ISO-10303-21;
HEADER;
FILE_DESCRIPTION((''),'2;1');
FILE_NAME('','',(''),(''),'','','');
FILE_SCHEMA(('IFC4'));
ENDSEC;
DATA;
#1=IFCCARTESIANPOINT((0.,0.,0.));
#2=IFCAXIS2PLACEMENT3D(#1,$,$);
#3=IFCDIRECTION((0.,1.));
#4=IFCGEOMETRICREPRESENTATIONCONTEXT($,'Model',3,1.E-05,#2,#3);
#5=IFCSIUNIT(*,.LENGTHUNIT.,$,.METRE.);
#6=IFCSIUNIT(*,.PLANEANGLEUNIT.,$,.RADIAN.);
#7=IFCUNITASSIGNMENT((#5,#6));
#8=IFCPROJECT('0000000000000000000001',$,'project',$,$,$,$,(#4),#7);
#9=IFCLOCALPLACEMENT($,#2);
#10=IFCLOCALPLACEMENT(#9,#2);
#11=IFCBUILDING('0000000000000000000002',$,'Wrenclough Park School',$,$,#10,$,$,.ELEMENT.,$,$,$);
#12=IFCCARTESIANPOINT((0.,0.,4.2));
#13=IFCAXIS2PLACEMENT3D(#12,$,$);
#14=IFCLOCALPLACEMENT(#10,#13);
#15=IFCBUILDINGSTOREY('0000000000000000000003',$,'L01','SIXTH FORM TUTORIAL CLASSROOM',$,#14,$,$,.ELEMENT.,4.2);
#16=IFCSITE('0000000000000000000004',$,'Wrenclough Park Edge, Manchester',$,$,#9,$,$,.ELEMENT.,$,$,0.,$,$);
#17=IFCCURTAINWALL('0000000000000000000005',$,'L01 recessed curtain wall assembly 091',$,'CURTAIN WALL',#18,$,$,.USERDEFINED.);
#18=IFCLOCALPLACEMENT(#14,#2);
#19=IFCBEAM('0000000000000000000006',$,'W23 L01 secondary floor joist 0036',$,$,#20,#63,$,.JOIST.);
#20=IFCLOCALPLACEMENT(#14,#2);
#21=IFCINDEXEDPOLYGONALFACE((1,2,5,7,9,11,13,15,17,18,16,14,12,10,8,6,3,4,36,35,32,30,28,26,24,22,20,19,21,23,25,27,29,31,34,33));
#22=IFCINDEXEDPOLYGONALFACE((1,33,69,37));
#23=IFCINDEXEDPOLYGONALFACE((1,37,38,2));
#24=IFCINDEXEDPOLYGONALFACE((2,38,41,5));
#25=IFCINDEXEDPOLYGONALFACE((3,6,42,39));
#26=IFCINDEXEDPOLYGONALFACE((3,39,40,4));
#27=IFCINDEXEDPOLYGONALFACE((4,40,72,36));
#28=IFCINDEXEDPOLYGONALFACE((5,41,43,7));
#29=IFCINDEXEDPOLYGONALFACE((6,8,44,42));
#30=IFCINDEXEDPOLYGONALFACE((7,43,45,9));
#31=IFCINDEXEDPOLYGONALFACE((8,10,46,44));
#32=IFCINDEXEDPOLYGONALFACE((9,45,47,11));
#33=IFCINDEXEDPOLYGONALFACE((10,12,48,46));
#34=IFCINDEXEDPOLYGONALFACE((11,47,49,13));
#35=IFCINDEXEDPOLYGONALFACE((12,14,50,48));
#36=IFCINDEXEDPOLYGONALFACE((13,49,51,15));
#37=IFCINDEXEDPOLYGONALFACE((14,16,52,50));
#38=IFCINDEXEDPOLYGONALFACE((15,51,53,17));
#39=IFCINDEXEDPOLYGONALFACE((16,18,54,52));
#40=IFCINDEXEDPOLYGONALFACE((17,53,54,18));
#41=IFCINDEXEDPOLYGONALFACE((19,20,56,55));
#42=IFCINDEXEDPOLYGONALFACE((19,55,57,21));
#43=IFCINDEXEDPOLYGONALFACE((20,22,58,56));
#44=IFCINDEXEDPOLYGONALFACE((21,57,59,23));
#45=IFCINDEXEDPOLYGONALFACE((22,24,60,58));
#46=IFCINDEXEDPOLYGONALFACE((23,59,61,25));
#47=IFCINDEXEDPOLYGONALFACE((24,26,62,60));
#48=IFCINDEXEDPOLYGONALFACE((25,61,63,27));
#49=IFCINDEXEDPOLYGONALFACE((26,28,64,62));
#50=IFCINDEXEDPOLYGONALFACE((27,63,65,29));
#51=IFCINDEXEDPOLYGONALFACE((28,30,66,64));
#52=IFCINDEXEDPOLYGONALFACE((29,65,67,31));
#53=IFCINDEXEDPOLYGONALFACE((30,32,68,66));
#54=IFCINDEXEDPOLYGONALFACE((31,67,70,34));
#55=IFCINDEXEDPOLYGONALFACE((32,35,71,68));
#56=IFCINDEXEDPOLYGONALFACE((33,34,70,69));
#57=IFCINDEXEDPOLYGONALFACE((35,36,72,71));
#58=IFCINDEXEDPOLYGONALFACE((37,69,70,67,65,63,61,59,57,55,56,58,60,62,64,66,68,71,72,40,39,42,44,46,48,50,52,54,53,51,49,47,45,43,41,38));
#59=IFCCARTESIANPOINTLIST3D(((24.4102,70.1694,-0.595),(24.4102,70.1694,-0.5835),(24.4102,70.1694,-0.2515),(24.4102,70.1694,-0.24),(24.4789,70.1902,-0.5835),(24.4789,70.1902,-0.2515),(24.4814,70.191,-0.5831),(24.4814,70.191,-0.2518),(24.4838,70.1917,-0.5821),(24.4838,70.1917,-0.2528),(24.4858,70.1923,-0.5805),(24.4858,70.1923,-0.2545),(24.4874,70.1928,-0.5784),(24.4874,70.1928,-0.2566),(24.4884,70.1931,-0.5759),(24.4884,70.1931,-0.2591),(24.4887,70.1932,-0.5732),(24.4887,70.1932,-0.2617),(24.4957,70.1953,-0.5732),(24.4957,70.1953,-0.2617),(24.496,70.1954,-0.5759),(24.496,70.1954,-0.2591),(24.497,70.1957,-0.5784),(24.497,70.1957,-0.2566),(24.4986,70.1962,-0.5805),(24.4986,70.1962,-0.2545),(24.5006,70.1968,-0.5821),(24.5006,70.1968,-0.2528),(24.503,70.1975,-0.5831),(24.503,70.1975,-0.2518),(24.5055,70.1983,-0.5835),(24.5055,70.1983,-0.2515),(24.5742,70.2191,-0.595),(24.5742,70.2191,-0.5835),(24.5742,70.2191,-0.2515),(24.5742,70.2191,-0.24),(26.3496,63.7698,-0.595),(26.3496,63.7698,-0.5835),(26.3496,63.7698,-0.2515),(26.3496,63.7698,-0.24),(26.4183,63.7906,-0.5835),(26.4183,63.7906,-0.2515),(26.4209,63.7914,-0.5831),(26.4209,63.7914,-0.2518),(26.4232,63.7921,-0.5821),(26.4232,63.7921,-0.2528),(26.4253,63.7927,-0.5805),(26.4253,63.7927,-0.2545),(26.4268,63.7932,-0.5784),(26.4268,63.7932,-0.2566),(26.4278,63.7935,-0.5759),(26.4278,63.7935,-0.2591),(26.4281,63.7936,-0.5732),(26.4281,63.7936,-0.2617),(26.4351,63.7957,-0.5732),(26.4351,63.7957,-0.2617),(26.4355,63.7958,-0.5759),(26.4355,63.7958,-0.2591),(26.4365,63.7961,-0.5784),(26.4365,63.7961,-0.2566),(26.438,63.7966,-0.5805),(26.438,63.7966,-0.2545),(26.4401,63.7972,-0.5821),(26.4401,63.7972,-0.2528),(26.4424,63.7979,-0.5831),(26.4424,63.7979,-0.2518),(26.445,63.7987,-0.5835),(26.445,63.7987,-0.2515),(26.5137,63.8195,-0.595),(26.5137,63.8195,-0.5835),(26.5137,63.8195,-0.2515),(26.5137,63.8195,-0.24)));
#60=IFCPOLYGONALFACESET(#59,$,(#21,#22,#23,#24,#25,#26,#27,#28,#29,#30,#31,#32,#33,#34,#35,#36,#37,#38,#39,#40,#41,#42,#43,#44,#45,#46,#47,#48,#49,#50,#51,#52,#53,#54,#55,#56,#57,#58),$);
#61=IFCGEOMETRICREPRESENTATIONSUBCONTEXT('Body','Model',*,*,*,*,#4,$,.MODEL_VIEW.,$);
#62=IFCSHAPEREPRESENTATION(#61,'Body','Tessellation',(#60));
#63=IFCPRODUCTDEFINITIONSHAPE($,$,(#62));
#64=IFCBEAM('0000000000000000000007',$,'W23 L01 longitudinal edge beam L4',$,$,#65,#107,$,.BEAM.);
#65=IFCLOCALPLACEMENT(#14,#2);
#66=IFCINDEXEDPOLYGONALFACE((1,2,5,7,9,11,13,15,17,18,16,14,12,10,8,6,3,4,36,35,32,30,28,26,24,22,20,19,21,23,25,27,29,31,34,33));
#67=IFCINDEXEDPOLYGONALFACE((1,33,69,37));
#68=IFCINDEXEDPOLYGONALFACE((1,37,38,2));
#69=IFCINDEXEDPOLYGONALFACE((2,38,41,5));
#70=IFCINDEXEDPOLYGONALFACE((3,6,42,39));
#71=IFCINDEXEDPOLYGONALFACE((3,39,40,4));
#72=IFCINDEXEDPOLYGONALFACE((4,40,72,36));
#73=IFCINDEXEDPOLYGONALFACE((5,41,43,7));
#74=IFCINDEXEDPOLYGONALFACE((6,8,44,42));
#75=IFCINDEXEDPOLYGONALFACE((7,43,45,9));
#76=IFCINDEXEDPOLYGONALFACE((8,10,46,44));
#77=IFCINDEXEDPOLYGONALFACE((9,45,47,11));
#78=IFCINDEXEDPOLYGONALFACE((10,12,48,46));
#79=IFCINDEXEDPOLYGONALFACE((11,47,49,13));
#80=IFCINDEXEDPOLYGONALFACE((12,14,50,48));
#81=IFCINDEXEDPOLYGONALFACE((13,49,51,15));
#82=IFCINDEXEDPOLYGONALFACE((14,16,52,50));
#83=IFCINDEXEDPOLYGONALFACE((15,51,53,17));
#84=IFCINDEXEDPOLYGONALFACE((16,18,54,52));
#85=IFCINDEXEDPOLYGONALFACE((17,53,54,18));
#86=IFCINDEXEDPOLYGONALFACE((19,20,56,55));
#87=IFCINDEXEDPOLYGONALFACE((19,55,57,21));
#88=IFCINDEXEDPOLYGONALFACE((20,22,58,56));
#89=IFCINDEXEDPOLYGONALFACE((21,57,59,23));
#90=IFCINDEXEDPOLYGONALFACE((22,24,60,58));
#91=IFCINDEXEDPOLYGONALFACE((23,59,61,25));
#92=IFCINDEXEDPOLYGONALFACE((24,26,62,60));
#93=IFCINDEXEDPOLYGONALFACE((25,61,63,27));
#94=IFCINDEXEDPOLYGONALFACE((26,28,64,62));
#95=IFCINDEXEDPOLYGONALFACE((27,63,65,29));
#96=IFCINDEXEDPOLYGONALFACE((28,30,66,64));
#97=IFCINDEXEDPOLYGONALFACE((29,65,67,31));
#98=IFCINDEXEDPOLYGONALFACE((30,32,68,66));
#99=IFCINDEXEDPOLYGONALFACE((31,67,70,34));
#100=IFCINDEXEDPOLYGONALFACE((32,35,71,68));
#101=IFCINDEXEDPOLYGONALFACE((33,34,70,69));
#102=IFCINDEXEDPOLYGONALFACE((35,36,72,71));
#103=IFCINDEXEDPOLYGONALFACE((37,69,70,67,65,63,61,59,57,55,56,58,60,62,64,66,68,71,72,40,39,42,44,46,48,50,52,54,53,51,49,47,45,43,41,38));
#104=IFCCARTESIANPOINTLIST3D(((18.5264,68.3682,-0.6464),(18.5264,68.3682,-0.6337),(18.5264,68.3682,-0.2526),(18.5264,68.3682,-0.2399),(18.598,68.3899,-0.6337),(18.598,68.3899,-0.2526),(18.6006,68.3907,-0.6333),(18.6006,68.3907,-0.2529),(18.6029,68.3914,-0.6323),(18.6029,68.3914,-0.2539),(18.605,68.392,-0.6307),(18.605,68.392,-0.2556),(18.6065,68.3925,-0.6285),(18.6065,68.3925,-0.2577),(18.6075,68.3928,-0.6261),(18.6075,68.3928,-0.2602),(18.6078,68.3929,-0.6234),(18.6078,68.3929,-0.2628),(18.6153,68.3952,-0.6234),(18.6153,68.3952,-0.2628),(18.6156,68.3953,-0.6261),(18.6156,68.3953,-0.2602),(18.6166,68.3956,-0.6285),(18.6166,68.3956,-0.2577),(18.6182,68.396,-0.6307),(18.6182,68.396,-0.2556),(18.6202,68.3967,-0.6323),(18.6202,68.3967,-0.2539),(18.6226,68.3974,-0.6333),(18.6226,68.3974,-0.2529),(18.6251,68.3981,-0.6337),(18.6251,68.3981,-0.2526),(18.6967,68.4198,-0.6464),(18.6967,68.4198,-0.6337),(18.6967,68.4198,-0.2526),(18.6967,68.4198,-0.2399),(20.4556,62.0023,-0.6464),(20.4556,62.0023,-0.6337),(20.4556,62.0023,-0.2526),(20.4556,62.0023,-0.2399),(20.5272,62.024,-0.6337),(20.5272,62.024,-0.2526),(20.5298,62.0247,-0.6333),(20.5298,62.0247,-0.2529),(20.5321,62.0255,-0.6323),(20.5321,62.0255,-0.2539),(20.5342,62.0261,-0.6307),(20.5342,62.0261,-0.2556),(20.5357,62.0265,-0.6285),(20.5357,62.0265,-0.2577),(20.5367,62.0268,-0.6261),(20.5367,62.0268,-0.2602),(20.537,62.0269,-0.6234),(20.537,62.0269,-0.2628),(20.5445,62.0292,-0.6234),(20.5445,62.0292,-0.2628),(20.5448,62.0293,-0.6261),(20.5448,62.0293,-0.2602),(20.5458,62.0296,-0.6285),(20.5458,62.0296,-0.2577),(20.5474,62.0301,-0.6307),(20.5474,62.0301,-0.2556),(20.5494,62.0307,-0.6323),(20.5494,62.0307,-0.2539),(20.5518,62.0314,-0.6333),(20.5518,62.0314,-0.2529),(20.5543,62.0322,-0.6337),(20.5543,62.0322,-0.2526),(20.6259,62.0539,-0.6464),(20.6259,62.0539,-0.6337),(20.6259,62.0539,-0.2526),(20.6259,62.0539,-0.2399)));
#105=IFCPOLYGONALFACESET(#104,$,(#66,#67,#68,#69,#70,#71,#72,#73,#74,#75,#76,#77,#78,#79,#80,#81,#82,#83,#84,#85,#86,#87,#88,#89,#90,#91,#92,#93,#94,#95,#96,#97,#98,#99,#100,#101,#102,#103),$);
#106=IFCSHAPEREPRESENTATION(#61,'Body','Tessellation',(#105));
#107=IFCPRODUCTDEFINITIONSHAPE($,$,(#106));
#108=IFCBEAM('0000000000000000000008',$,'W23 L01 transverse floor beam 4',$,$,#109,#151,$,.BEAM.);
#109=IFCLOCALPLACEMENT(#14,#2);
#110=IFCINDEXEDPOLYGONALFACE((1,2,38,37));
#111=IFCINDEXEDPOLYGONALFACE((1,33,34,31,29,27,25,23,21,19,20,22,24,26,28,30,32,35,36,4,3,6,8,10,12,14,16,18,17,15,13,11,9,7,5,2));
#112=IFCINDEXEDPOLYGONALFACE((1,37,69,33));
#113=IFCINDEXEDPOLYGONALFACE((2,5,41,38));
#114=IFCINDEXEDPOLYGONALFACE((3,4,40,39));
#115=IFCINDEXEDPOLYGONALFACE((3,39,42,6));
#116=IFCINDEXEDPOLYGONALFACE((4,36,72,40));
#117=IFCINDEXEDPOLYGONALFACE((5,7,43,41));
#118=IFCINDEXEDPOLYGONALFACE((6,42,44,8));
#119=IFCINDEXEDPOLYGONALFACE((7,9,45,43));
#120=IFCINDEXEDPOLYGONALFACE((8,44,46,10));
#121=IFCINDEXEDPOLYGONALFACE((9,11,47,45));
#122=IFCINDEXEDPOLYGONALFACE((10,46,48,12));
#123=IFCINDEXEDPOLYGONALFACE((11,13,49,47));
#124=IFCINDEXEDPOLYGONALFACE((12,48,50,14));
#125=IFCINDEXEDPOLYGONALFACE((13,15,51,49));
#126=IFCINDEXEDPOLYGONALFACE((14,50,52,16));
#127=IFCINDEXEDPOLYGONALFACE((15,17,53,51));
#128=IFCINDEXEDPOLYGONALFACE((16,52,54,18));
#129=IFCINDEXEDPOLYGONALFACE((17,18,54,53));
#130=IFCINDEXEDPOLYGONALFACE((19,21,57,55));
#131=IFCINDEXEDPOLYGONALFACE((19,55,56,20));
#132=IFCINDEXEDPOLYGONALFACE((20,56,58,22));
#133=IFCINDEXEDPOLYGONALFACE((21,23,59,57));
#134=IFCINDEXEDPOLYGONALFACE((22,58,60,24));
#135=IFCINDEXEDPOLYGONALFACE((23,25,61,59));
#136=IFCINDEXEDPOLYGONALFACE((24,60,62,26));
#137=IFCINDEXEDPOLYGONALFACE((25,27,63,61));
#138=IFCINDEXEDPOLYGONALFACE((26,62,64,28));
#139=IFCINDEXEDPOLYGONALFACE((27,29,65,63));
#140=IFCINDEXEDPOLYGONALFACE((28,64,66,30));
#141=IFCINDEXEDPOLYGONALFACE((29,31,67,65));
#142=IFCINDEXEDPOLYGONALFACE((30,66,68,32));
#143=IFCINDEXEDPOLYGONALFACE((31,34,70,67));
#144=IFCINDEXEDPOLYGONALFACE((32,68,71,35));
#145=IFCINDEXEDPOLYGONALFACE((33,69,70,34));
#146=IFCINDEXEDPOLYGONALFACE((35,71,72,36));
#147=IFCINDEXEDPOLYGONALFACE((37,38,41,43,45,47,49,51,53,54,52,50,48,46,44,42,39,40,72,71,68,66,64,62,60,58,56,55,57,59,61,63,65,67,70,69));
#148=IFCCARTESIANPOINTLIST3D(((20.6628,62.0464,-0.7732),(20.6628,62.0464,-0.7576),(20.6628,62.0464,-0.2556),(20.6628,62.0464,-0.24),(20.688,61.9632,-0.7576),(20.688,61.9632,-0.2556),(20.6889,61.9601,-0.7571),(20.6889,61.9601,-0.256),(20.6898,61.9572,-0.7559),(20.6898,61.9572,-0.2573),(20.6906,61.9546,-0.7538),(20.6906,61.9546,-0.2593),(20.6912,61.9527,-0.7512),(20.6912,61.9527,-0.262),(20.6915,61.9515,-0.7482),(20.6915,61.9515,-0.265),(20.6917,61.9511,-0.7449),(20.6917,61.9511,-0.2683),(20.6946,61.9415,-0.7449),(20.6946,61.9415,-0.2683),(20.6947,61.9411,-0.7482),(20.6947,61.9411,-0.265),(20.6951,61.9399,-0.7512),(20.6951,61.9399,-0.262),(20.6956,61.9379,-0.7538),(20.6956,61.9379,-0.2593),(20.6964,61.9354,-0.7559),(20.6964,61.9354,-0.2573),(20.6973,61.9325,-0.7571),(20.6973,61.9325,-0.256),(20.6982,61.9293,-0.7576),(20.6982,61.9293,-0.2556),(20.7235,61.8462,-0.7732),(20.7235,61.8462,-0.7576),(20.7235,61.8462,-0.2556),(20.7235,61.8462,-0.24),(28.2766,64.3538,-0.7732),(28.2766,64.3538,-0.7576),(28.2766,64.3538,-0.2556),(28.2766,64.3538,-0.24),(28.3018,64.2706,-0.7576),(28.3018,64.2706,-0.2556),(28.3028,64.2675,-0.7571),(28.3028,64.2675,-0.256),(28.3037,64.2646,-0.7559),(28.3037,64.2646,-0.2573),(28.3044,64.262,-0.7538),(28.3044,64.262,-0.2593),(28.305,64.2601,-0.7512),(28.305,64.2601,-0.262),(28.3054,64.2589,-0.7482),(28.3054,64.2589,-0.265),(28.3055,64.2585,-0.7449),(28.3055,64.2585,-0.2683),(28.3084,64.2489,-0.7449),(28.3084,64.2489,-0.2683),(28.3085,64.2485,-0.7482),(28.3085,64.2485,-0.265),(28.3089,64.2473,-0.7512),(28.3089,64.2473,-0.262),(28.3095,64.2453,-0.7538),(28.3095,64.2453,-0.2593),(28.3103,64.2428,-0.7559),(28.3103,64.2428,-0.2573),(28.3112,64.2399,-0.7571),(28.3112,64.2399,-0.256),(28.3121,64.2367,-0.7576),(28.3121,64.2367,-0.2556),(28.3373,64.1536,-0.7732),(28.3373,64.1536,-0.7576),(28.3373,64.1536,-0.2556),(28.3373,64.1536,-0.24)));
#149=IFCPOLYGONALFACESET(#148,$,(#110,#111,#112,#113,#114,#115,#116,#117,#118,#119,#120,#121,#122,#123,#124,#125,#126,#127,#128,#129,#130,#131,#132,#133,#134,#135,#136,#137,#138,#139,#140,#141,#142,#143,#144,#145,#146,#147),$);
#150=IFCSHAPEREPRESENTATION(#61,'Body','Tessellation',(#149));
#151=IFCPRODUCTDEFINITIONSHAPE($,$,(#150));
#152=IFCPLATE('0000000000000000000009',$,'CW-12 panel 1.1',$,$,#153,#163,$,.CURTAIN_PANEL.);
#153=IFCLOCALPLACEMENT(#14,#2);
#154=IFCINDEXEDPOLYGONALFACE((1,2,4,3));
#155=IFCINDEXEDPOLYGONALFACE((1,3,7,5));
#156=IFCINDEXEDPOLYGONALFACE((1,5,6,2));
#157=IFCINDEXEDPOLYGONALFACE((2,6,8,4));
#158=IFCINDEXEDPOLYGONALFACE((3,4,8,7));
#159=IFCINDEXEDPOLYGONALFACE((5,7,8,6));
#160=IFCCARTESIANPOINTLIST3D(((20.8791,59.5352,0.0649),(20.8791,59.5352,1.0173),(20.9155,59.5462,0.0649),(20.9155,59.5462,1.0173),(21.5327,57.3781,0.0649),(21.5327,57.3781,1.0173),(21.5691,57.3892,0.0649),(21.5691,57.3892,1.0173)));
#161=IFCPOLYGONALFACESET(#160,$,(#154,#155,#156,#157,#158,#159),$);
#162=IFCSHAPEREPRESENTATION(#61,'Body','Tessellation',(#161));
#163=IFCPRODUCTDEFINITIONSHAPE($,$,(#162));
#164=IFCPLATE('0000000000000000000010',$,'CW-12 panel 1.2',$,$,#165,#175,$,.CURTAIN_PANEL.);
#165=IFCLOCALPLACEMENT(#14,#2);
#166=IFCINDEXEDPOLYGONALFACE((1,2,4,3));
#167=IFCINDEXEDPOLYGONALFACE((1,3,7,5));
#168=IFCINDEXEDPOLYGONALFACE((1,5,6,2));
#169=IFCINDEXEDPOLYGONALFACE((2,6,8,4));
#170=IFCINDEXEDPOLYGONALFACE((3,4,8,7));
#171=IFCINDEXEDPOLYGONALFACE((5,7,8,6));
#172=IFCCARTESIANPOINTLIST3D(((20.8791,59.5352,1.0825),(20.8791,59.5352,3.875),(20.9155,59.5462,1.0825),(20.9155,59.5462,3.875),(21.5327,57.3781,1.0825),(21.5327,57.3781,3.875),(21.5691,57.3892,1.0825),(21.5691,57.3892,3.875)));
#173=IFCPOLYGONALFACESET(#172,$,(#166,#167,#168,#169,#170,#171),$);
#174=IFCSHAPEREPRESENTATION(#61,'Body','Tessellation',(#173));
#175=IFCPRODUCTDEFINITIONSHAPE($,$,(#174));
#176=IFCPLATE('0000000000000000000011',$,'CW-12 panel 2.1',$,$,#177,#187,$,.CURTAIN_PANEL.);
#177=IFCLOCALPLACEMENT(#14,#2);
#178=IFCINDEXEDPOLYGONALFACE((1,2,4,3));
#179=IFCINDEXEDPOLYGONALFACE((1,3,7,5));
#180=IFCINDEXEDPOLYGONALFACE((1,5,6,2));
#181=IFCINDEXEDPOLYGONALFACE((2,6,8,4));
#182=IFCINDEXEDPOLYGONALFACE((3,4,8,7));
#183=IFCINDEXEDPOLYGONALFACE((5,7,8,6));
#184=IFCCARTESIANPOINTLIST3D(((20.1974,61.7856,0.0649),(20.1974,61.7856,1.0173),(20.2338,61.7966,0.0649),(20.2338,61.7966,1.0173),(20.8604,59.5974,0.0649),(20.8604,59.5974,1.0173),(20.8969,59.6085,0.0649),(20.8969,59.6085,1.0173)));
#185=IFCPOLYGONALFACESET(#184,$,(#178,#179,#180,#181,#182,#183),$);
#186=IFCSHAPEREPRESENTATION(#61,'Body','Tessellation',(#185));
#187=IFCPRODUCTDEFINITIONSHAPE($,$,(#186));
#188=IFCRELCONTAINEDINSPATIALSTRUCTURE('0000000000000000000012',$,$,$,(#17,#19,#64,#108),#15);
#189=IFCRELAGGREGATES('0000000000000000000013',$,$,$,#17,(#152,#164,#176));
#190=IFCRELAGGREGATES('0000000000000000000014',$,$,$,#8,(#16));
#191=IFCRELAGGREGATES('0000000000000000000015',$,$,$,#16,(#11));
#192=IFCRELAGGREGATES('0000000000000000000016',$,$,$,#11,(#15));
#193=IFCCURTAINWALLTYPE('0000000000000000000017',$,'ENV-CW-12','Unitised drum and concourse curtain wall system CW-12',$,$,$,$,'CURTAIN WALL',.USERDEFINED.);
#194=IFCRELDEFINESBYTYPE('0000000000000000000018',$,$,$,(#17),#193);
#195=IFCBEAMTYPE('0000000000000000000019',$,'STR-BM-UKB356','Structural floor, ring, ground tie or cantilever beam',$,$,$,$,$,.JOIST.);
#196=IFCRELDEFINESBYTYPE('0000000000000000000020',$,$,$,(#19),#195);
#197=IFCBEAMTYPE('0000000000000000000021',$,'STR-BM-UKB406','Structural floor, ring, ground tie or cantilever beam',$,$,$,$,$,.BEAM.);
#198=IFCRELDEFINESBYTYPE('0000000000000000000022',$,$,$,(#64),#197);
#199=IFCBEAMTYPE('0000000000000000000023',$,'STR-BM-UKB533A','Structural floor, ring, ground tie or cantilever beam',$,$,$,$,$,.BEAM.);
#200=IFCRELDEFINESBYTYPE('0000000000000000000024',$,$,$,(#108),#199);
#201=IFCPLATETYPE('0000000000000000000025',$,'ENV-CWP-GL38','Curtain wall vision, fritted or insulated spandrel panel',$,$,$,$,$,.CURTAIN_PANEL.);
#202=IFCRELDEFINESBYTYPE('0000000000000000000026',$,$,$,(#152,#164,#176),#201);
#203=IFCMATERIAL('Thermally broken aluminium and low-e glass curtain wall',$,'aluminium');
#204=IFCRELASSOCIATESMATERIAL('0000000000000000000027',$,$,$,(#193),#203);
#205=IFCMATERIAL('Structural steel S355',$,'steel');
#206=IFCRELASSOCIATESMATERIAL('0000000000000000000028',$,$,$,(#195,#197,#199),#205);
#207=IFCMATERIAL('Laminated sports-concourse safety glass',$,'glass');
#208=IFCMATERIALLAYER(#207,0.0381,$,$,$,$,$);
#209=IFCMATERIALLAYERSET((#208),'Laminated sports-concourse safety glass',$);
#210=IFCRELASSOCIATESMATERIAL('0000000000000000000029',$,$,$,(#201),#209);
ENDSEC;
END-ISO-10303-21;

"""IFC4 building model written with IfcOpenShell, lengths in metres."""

from ifc_helpers import new_model, si_unit, direction, frame, origin, origin_2d, place, context, subcontext, project, spatial, rectangle, i_section, extrude, material, layer, layer_set, material_profile, profile_set, type_object, element, aggregate, save


model = new_model("IFC4")

# Units and contexts
model_context = context("Model", 3, precision=1e-05, world=origin(), true_north=direction((0.0, 1.0)))
body_context = subcontext(model_context, "Body", "Model", "MODEL_VIEW")
ifc_project = project(units=[si_unit("LENGTHUNIT", "METRE"), si_unit("PLANEANGLEUNIT", "RADIAN")], contexts=[model_context])

# Site, building, storey
site_placement = place(None, origin())
site = spatial("IfcSite", under=ifc_project, at=site_placement, Name="Wrenclough Park Edge, Manchester", CompositionType="ELEMENT", RefElevation=0.0)
building_placement = place(site_placement, origin())
building = spatial("IfcBuilding", under=site, at=building_placement, Name="Wrenclough Park School", CompositionType="ELEMENT")
storey_placement = place(building_placement, frame((0.0, 0.0, 4.2)))
storey = spatial("IfcBuildingStorey", under=building, at=storey_placement, Name="L01", Description="SIXTH FORM TUTORIAL CLASSROOM", CompositionType="ELEMENT", Elevation=4.2)

# Shared definitions
ifc_material_1 = material(Name="Structural steel S355", Category="steel")

# Curtain wall
ifc_material_2 = material(Name="Thermally broken aluminium and low-e glass curtain wall", Category="aluminium")
curtain_wall_type = type_object("IfcCurtainWallType", Name="ENV-CW-12", Description="Unitised drum and concourse curtain wall system CW-12", ElementType="CURTAIN WALL", PredefinedType="USERDEFINED", material=ifc_material_2)
curtain_wall_placement = place(storey_placement, origin())
curtain_wall = element("IfcCurtainWall", 1, at=curtain_wall_placement, inside=storey, type_object=curtain_wall_type, Name="L01 recessed curtain wall assembly 091", ObjectType="CURTAIN WALL", PredefinedType="USERDEFINED")

# Beams
ifc_material_profile_1 = material_profile(ifc_material_1, i_section(OverallWidth=0.1714, OverallDepth=0.355, WebThickness=0.0073, FlangeThickness=0.0115, FilletRadius=0.0103, at=origin_2d()), Name="UKB 356x171x51")
ifc_profile_set_1 = profile_set([ifc_material_profile_1], Name="Structural steel S355")
beam_type_1 = type_object("IfcBeamType", Name="STR-BM-UKB356", Description="Structural floor, ring, ground tie or cantilever beam", PredefinedType="JOIST", material=ifc_profile_set_1)
for number, where, z_axis, x_axis, name in (
    (2, (26.4316, 63.7947, -0.4175), (-0.29003, 0.957018, 0.0), (-0.957018, -0.29003, 0.0), "W23 L01 secondary floor joist 0036"),
):
    element("IfcBeam", number, at=place(storey_placement, frame(where, z_axis=z_axis, x_axis=x_axis)), inside=storey, type_object=beam_type_1, Name=name, PredefinedType="JOIST", context=body_context, shape_type="SweptSolid", body=[
        extrude(i_section(OverallWidth=0.1714, OverallDepth=0.355, WebThickness=0.0073, FlangeThickness=0.0115, FilletRadius=0.0103, at=origin_2d()), origin(), (0.0, 0.0, 1.0), 6.687),
    ])
ifc_material_profile_2 = material_profile(ifc_material_1, i_section(OverallWidth=0.178, OverallDepth=0.4065, WebThickness=0.0078, FlangeThickness=0.0127, FilletRadius=0.0103, at=origin_2d()), Name="UKB 406x178x60")
ifc_profile_set_2 = profile_set([ifc_material_profile_2], Name="Structural steel S355")
beam_type_2 = type_object("IfcBeamType", Name="STR-BM-UKB406", Description="Structural floor, ring, ground tie or cantilever beam", PredefinedType="BEAM", material=ifc_profile_set_2)
beam_1_placement = place(storey_placement, frame((20.5408, 62.0281, -0.4431), z_axis=(-0.290024, 0.957019, 0.0), x_axis=(-0.957019, -0.290024, 0.0)))
element("IfcBeam", 3, at=beam_1_placement, inside=storey, type_object=beam_type_2, Name="W23 L01 longitudinal edge beam L4", PredefinedType="BEAM", context=body_context, shape_type="SweptSolid", body=[
    extrude(i_section(OverallWidth=0.178, OverallDepth=0.4065, WebThickness=0.0078, FlangeThickness=0.0127, FilletRadius=0.0103, at=origin_2d()), origin(), (0.0, 0.0, 1.0), 6.6519),
])
ifc_material_profile_3 = material_profile(ifc_material_1, i_section(OverallWidth=0.2092, OverallDepth=0.5332, WebThickness=0.01, FlangeThickness=0.0156, FilletRadius=0.0127, at=origin_2d()), Name="UKB 533x210x92")
ifc_profile_set_3 = profile_set([ifc_material_profile_3], Name="Structural steel S355")
beam_type_3 = type_object("IfcBeamType", Name="STR-BM-UKB533A", Description="Structural floor, ring, ground tie or cantilever beam", PredefinedType="BEAM", material=ifc_profile_set_3)
beam_2_placement = place(storey_placement, frame((20.6931, 61.9463, -0.5066), z_axis=(0.957018, 0.290027, 0.0), x_axis=(-0.290027, 0.957018, 0.0)))
element("IfcBeam", 4, at=beam_2_placement, inside=storey, type_object=beam_type_3, Name="W23 L01 transverse floor beam 4", PredefinedType="BEAM", context=body_context, shape_type="SweptSolid", body=[
    extrude(i_section(OverallWidth=0.2092, OverallDepth=0.5332, WebThickness=0.01, FlangeThickness=0.0156, FilletRadius=0.0127, at=origin_2d()), origin(), (0.0, 0.0, 1.0), 7.9558),
])

# Plates
ifc_material_3 = material(Name="Laminated sports-concourse safety glass", Category="glass")
ifc_layer_1 = layer(ifc_material_3, 0.0381)
ifc_layer_set_1 = layer_set([ifc_layer_1], Name="Laminated sports-concourse safety glass")
plate_type = type_object("IfcPlateType", Name="ENV-CWP-GL38", Description="Curtain wall vision, fritted or insulated spandrel panel", PredefinedType="CURTAIN_PANEL", material=ifc_layer_set_1)
plate_1_placement = place(storey_placement, frame((21.2241, 58.4622, 0.0649), z_axis=(0.0, 0.0, 1.0), x_axis=(-0.289988, 0.95703, 0.0)))
plate_1 = element("IfcPlate", 5, at=plate_1_placement, type_object=plate_type, Name="CW-12 panel 1.1", PredefinedType="CURTAIN_PANEL", context=body_context, shape_type="SweptSolid", body=[
    extrude(rectangle(XDim=2.2539, YDim=0.0381, at=origin_2d()), origin(), (0.0, 0.0, 1.0), 0.9524),
])
plate_2_placement = place(storey_placement, frame((21.2241, 58.4622, 1.0825), z_axis=(0.0, 0.0, 1.0), x_axis=(-0.289988, 0.95703, 0.0)))
plate_2 = element("IfcPlate", 6, at=plate_2_placement, type_object=plate_type, Name="CW-12 panel 1.2", PredefinedType="CURTAIN_PANEL", context=body_context, shape_type="SweptSolid", body=[
    extrude(rectangle(XDim=2.2539, YDim=0.0381, at=origin_2d()), origin(), (0.0, 0.0, 1.0), 2.7925),
])
plate_3_placement = place(storey_placement, frame((20.5471, 60.697, 0.0649), z_axis=(0.0, 0.0, 1.0), x_axis=(-0.289988, 0.95703, 0.0)))
plate_3 = element("IfcPlate", 7, at=plate_3_placement, type_object=plate_type, Name="CW-12 panel 2.1", PredefinedType="CURTAIN_PANEL", context=body_context, shape_type="SweptSolid", body=[
    extrude(rectangle(XDim=2.2864, YDim=0.0381, at=origin_2d()), origin(), (0.0, 0.0, 1.0), 0.9524),
])
aggregate(curtain_wall, [plate_1, plate_2, plate_3])

save(model, "model.ifc")
